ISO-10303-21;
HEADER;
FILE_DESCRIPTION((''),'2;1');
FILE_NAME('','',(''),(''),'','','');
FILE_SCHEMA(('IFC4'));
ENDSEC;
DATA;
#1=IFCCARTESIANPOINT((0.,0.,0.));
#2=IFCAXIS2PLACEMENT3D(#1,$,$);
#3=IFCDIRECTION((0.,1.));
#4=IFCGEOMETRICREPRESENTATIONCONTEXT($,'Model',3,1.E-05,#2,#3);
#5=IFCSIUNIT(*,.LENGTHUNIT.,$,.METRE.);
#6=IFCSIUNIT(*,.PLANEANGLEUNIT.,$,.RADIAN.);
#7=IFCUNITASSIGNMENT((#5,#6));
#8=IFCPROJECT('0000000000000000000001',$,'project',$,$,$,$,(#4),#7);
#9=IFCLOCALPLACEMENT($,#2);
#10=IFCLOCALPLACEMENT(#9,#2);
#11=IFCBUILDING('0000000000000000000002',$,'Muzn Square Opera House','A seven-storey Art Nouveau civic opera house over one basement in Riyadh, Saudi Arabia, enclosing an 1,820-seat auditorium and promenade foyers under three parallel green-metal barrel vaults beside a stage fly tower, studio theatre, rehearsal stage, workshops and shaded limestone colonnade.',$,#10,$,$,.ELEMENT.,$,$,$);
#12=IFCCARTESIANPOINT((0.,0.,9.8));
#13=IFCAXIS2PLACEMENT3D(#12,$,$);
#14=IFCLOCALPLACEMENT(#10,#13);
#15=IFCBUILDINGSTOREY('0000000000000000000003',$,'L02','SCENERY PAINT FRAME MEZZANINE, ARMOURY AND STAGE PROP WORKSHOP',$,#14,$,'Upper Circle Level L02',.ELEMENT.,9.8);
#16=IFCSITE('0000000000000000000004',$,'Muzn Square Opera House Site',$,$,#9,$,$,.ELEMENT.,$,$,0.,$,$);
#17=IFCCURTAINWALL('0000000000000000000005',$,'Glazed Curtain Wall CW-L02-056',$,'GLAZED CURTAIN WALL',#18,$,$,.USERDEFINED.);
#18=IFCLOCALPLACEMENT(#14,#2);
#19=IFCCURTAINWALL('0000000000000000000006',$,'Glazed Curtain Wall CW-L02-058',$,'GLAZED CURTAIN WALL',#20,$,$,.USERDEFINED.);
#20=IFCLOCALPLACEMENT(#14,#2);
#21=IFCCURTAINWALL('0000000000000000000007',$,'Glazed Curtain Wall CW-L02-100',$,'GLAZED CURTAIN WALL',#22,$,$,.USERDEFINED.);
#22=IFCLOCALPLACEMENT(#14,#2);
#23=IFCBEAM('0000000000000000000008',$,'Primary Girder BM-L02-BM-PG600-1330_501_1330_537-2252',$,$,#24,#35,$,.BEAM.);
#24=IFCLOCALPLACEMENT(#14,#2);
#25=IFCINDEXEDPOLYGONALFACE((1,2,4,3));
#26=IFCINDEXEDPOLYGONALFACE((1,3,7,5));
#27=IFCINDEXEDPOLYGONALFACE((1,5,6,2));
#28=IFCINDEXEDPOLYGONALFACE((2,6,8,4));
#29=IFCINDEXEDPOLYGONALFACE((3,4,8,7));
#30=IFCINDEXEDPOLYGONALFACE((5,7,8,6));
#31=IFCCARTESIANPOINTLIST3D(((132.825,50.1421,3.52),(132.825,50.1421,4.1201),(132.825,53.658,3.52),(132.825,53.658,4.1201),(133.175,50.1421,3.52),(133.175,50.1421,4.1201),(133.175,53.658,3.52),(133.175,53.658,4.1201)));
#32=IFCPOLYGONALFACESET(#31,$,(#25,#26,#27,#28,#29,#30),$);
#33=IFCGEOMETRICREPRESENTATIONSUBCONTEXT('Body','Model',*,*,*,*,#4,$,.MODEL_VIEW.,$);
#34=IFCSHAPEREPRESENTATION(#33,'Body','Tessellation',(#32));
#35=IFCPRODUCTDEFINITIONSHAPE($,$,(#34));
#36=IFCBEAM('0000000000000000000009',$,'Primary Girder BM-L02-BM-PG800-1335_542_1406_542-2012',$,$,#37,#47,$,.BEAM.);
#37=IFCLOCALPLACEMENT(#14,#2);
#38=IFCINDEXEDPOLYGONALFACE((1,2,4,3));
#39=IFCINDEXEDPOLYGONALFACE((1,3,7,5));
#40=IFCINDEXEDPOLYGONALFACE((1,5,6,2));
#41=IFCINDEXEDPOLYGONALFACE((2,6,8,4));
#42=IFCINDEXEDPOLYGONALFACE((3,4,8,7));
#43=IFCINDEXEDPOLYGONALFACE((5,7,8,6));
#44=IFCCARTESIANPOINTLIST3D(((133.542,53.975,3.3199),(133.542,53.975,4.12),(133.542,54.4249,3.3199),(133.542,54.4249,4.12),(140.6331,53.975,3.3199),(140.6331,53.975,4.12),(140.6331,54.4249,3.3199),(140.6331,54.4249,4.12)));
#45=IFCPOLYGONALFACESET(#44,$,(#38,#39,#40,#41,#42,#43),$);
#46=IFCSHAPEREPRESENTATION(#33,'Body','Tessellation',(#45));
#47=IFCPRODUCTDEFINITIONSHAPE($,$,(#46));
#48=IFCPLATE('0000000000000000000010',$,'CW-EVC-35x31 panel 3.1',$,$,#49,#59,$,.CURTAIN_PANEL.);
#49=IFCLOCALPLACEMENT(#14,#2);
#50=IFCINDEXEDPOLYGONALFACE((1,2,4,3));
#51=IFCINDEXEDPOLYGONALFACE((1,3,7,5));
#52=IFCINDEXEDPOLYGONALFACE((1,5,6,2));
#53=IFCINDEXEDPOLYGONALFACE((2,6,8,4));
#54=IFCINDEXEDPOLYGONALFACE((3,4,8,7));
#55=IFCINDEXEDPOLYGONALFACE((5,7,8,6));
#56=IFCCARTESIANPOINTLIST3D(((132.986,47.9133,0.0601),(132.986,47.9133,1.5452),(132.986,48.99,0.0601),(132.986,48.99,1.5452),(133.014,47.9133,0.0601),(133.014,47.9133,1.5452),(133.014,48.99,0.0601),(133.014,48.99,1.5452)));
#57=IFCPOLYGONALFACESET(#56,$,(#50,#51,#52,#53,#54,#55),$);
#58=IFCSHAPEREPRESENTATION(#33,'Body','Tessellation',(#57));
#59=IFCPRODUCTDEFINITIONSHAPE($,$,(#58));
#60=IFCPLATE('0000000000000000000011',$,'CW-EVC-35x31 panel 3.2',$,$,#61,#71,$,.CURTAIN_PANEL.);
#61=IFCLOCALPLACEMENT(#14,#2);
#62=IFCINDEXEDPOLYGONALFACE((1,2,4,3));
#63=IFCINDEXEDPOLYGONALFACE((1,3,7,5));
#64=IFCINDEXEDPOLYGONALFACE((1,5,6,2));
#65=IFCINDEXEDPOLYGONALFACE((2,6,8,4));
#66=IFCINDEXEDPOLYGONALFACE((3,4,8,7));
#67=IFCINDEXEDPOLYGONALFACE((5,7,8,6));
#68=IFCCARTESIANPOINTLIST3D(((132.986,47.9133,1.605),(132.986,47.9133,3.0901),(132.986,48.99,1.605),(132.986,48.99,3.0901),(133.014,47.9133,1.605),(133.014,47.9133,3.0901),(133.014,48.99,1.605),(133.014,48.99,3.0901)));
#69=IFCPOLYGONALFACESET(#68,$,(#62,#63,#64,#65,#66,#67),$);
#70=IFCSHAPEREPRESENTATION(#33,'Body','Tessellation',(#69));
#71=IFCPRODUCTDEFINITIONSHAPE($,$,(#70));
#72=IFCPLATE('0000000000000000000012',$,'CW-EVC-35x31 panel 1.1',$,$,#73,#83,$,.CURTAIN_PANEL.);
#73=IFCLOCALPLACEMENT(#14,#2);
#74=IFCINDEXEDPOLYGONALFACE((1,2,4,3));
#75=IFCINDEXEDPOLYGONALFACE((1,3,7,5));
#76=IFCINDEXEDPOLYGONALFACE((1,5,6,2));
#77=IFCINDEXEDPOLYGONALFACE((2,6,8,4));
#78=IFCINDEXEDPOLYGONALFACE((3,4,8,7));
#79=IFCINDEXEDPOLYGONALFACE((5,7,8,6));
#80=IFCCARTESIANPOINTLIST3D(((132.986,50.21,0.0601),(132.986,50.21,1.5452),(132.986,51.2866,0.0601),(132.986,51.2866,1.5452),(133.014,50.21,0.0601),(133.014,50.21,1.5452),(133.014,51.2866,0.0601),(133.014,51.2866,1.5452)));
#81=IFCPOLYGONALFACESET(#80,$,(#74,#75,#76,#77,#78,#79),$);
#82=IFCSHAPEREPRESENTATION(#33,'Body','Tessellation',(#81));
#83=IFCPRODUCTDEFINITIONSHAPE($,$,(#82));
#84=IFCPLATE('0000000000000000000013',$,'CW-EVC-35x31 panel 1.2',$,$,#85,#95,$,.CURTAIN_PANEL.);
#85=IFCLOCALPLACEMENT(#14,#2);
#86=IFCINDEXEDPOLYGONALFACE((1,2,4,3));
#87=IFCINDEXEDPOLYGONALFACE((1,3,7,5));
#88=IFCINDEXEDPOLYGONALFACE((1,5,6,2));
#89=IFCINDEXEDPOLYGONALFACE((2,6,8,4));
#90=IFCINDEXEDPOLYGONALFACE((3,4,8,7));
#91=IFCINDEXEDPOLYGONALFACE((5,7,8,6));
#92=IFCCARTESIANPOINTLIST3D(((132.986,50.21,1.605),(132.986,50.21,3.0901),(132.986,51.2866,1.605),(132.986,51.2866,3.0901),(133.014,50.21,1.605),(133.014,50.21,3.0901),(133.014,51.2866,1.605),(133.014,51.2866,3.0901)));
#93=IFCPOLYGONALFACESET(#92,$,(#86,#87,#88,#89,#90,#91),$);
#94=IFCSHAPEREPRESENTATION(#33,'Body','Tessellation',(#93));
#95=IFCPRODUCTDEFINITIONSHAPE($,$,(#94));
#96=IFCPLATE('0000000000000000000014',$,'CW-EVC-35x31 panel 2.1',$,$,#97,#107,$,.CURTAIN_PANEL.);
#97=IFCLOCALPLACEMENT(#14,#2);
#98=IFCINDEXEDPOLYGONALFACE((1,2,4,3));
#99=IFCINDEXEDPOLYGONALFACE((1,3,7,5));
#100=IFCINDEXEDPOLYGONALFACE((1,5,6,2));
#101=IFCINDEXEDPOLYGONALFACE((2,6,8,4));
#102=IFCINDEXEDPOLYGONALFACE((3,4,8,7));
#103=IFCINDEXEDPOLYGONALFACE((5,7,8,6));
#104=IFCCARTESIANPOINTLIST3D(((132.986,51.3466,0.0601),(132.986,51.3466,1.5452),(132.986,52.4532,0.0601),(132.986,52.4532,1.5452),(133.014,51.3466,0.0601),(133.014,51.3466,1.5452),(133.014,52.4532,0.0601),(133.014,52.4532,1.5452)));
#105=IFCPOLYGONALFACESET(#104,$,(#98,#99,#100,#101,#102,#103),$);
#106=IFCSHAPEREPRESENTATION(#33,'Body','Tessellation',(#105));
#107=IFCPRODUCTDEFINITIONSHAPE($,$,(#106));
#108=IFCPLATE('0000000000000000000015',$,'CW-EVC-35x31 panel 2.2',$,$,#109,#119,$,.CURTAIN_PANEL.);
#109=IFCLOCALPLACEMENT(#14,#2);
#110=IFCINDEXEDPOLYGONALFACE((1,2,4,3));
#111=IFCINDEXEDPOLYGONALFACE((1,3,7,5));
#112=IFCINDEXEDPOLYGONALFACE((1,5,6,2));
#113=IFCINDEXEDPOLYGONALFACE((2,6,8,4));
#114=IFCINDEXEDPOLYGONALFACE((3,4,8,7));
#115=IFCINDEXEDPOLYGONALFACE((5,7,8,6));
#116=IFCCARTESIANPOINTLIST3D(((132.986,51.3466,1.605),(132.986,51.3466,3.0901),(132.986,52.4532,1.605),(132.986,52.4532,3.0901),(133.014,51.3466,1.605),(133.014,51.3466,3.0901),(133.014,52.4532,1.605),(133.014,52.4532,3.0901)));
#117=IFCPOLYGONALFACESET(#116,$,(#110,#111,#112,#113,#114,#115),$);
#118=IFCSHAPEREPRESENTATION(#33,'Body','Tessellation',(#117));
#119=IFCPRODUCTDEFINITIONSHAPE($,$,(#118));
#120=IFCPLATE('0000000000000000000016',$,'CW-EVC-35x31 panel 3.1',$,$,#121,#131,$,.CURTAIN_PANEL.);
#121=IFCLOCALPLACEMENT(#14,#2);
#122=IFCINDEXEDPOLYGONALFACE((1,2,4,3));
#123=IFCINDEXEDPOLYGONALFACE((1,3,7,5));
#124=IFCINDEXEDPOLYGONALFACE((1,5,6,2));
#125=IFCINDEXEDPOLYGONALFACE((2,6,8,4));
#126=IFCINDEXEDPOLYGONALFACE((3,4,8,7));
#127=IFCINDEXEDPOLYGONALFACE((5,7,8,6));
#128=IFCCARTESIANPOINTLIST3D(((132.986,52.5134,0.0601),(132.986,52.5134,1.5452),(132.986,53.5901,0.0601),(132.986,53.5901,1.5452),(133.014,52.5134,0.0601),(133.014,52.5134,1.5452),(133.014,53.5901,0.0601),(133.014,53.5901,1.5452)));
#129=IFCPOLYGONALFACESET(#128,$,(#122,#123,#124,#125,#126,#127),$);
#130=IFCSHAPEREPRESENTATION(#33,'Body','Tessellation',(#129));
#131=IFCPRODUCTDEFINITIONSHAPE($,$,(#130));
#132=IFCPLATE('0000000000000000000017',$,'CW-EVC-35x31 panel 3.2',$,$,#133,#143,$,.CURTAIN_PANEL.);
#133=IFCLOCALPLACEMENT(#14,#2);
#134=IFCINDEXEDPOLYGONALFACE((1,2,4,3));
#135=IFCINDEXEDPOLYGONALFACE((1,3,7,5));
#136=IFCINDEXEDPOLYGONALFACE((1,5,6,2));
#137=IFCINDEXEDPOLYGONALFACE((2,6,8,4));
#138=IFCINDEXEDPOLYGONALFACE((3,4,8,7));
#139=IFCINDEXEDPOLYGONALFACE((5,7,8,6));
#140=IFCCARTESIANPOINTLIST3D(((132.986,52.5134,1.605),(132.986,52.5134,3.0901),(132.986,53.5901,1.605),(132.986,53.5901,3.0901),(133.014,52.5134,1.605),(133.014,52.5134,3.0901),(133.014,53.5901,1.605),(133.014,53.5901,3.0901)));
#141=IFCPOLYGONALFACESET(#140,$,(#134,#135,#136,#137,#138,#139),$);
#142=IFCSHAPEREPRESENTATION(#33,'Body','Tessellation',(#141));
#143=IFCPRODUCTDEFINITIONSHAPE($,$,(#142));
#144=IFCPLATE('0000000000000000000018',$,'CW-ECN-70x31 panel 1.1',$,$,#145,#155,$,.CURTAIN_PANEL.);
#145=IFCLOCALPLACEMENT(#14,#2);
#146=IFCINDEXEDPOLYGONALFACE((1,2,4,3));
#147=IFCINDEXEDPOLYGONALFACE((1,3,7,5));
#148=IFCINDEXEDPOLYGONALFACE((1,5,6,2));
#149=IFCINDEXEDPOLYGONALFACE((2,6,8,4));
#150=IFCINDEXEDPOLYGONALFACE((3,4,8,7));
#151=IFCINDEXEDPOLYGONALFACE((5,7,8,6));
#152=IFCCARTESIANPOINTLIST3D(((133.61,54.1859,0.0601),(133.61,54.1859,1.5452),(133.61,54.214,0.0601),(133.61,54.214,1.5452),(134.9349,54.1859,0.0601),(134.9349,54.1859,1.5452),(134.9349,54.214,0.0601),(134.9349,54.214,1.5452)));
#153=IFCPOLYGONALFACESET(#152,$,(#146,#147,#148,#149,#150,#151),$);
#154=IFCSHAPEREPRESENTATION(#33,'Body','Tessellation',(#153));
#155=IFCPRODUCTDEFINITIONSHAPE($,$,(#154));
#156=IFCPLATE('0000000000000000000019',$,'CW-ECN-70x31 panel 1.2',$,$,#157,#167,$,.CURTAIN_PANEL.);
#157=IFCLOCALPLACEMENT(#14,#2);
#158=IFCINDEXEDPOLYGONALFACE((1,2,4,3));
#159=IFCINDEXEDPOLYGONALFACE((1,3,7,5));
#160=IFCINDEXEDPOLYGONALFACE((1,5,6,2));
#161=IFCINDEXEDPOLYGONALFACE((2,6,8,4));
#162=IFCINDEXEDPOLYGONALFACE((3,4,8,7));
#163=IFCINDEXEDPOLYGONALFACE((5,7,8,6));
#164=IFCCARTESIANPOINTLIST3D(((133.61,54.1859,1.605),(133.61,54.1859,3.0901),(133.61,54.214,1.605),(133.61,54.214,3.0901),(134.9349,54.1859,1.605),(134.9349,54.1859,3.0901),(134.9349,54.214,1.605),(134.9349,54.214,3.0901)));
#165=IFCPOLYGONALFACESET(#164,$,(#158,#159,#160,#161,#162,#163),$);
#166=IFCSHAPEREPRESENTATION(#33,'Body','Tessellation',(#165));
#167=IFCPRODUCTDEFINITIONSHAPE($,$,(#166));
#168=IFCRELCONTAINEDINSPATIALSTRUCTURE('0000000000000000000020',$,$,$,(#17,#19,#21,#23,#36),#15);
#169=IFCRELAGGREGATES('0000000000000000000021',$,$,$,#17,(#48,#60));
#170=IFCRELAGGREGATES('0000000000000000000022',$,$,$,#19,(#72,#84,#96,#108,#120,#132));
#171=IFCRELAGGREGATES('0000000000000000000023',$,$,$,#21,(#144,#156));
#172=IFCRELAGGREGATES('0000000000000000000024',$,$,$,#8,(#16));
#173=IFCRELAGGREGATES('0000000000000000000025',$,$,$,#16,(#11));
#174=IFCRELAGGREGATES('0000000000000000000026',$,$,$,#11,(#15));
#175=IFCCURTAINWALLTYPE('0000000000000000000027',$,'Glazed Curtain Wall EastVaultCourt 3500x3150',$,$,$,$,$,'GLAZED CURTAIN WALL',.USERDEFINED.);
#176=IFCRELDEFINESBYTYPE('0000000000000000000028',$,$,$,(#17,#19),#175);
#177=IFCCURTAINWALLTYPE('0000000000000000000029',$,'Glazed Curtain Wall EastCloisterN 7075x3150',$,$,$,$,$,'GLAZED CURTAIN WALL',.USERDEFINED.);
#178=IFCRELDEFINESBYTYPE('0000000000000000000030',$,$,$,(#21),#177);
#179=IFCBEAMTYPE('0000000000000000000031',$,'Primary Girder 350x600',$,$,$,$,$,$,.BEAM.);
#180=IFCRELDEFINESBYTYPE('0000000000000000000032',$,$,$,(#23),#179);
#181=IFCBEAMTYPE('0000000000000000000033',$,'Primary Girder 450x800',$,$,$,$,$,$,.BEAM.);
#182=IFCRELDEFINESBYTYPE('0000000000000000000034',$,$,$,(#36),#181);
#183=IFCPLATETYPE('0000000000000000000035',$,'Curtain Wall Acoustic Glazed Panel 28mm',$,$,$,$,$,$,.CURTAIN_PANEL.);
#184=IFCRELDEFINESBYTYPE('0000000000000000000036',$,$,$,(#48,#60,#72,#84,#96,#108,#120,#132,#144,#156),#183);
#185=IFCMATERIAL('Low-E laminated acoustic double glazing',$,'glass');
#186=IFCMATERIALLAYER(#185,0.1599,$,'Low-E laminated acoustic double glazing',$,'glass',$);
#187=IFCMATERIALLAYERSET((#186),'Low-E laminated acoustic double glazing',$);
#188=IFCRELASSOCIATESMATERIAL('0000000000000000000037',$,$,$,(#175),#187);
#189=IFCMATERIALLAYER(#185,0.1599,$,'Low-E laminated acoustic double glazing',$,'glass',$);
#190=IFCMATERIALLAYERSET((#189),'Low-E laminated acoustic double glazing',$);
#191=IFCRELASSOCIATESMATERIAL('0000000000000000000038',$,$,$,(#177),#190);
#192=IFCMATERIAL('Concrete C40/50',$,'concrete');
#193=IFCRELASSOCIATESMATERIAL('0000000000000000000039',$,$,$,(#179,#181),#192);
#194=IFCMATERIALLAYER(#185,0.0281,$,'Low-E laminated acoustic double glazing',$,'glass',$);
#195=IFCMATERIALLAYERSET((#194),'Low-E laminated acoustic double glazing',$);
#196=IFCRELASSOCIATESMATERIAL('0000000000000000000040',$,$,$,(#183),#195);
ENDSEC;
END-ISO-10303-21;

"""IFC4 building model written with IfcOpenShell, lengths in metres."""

from ifc_helpers import new_model, si_unit, direction, frame, origin, origin_2d, place, context, subcontext, project, spatial, rectangle, extrude, material, layer, layer_set, material_profile, profile_set, type_object, element, aggregate, save


model = new_model("IFC4")

# Units and contexts
model_context = context("Model", 3, precision=1e-05, world=origin(), true_north=direction((0.0, 1.0)))
body_context = subcontext(model_context, "Body", "Model", "MODEL_VIEW")
ifc_project = project(units=[si_unit("LENGTHUNIT", "METRE"), si_unit("PLANEANGLEUNIT", "RADIAN")], contexts=[model_context])

# Site, building, storey
site_placement = place(None, origin())
site = spatial("IfcSite", under=ifc_project, at=site_placement, Name="Muzn Square Opera House Site", CompositionType="ELEMENT", RefElevation=0.0)
building_placement = place(site_placement, origin())
building = spatial("IfcBuilding", under=site, at=building_placement, Name="Muzn Square Opera House", Description="A seven-storey Art Nouveau civic opera house over one basement in Riyadh, Saudi Arabia, enclosing an 1,820-seat auditorium and promenade foyers under three parallel green-metal barrel vaults beside a stage fly tower, studio theatre, rehearsal stage, workshops and shaded limestone colonnade.", CompositionType="ELEMENT")
storey_placement = place(building_placement, frame((0.0, 0.0, 9.8)))
storey = spatial("IfcBuildingStorey", under=building, at=storey_placement, Name="L02", Description="SCENERY PAINT FRAME MEZZANINE, ARMOURY AND STAGE PROP WORKSHOP", LongName="Upper Circle Level L02", CompositionType="ELEMENT", Elevation=9.8)

# Curtain wall
ifc_material_1 = material(Name="Low-E laminated acoustic double glazing", Category="glass")
ifc_layer_1 = layer(ifc_material_1, 0.1599, Name="Low-E laminated acoustic double glazing", Category="glass")
ifc_layer_set_1 = layer_set([ifc_layer_1], Name="Low-E laminated acoustic double glazing")
curtain_wall_type_1 = type_object("IfcCurtainWallType", Name="Glazed Curtain Wall EastVaultCourt 3500x3150", ElementType="GLAZED CURTAIN WALL", PredefinedType="USERDEFINED", material=ifc_layer_set_1)
curtain_wall_1_placement = place(storey_placement, origin())
curtain_wall_1 = element("IfcCurtainWall", 1, at=curtain_wall_1_placement, inside=storey, type_object=curtain_wall_type_1, Name="Glazed Curtain Wall CW-L02-056", ObjectType="GLAZED CURTAIN WALL", PredefinedType="USERDEFINED")

# Curtain wall
curtain_wall_2_placement = place(storey_placement, origin())
curtain_wall_2 = element("IfcCurtainWall", 2, at=curtain_wall_2_placement, inside=storey, type_object=curtain_wall_type_1, Name="Glazed Curtain Wall CW-L02-058", ObjectType="GLAZED CURTAIN WALL", PredefinedType="USERDEFINED")

# Curtain wall
ifc_layer_2 = layer(ifc_material_1, 0.1599, Name="Low-E laminated acoustic double glazing", Category="glass")
ifc_layer_set_2 = layer_set([ifc_layer_2], Name="Low-E laminated acoustic double glazing")
curtain_wall_type_2 = type_object("IfcCurtainWallType", Name="Glazed Curtain Wall EastCloisterN 7075x3150", ElementType="GLAZED CURTAIN WALL", PredefinedType="USERDEFINED", material=ifc_layer_set_2)
curtain_wall_3_placement = place(storey_placement, origin())
curtain_wall_3 = element("IfcCurtainWall", 3, at=curtain_wall_3_placement, inside=storey, type_object=curtain_wall_type_2, Name="Glazed Curtain Wall CW-L02-100", ObjectType="GLAZED CURTAIN WALL", PredefinedType="USERDEFINED")

# Beams
ifc_material_2 = material(Name="Concrete C40/50", Category="concrete")
ifc_material_profile_1 = material_profile(ifc_material_2, rectangle(XDim=0.3501, YDim=0.6001, at=origin_2d()), Name="RCB 350x600", Category="concrete")
ifc_profile_set_1 = profile_set([ifc_material_profile_1], Name="Concrete C40/50")
beam_type_1 = type_object("IfcBeamType", Name="Primary Girder 350x600", PredefinedType="BEAM", material=ifc_profile_set_1)
beam_1_placement = place(storey_placement, frame((133.0, 50.1421, 3.8201), z_axis=(0.0, 1.0, 0.0), x_axis=(-1.0, 0.0, 0.0)))
element("IfcBeam", 4, at=beam_1_placement, inside=storey, type_object=beam_type_1, Name="Primary Girder BM-L02-BM-PG600-1330_501_1330_537-2252", PredefinedType="BEAM", context=body_context, shape_type="SweptSolid", body=[
    extrude(rectangle(XDim=0.3501, YDim=0.6001, at=origin_2d()), origin(), (0.0, 0.0, 1.0), 3.5159),
])
ifc_material_profile_2 = material_profile(ifc_material_2, rectangle(XDim=0.45, YDim=0.8, at=origin_2d()), Name="RCB 450x800", Category="concrete")
ifc_profile_set_2 = profile_set([ifc_material_profile_2], Name="Concrete C40/50")
beam_type_2 = type_object("IfcBeamType", Name="Primary Girder 450x800", PredefinedType="BEAM", material=ifc_profile_set_2)
beam_2_placement = place(storey_placement, frame((133.542, 54.2, 3.72), z_axis=(1.0, 0.0, 0.0), x_axis=(0.0, 1.0, 0.0)))
element("IfcBeam", 5, at=beam_2_placement, inside=storey, type_object=beam_type_2, Name="Primary Girder BM-L02-BM-PG800-1335_542_1406_542-2012", PredefinedType="BEAM", context=body_context, shape_type="SweptSolid", body=[
    extrude(rectangle(XDim=0.45, YDim=0.8, at=origin_2d()), origin(), (0.0, 0.0, 1.0), 7.0911),
])

# Plates
ifc_layer_3 = layer(ifc_material_1, 0.0281, Name="Low-E laminated acoustic double glazing", Category="glass")
ifc_layer_set_3 = layer_set([ifc_layer_3], Name="Low-E laminated acoustic double glazing")
plate_type = type_object("IfcPlateType", Name="Curtain Wall Acoustic Glazed Panel 28mm", PredefinedType="CURTAIN_PANEL", material=ifc_layer_set_3)
plate_1_placement = place(storey_placement, frame((133.0, 48.4517, 0.0601), z_axis=(0.0, 0.0, 1.0), x_axis=(0.0, 1.0, 0.0)))
plate_1 = element("IfcPlate", 6, at=plate_1_placement, type_object=plate_type, Name="CW-EVC-35x31 panel 3.1", PredefinedType="CURTAIN_PANEL", context=body_context, shape_type="SweptSolid", body=[
    extrude(rectangle(XDim=1.0767, YDim=0.0281, at=origin_2d()), origin(), (0.0, 0.0, 1.0), 1.4851),
])
plate_2_placement = place(storey_placement, frame((133.0, 48.4517, 1.605), z_axis=(0.0, 0.0, 1.0), x_axis=(0.0, 1.0, 0.0)))
plate_2 = element("IfcPlate", 7, at=plate_2_placement, type_object=plate_type, Name="CW-EVC-35x31 panel 3.2", PredefinedType="CURTAIN_PANEL", context=body_context, shape_type="SweptSolid", body=[
    extrude(rectangle(XDim=1.0767, YDim=0.0281, at=origin_2d()), origin(), (0.0, 0.0, 1.0), 1.4851),
])
aggregate(curtain_wall_1, [plate_1, plate_2])
plate_3_placement = place(storey_placement, frame((133.0, 50.7483, 0.0601), z_axis=(0.0, 0.0, 1.0), x_axis=(0.0, 1.0, 0.0)))
plate_3 = element("IfcPlate", 8, at=plate_3_placement, type_object=plate_type, Name="CW-EVC-35x31 panel 1.1", PredefinedType="CURTAIN_PANEL", context=body_context, shape_type="SweptSolid", body=[
    extrude(rectangle(XDim=1.0767, YDim=0.0281, at=origin_2d()), origin(), (0.0, 0.0, 1.0), 1.4851),
])
plate_4_placement = place(storey_placement, frame((133.0, 50.7483, 1.605), z_axis=(0.0, 0.0, 1.0), x_axis=(0.0, 1.0, 0.0)))
plate_4 = element("IfcPlate", 9, at=plate_4_placement, type_object=plate_type, Name="CW-EVC-35x31 panel 1.2", PredefinedType="CURTAIN_PANEL", context=body_context, shape_type="SweptSolid", body=[
    extrude(rectangle(XDim=1.0767, YDim=0.0281, at=origin_2d()), origin(), (0.0, 0.0, 1.0), 1.4851),
])
plate_5_placement = place(storey_placement, frame((133.0, 51.8999, 0.0601), z_axis=(0.0, 0.0, 1.0), x_axis=(0.0, 1.0, 0.0)))
plate_5 = element("IfcPlate", 10, at=plate_5_placement, type_object=plate_type, Name="CW-EVC-35x31 panel 2.1", PredefinedType="CURTAIN_PANEL", context=body_context, shape_type="SweptSolid", body=[
    extrude(rectangle(XDim=1.1067, YDim=0.0281, at=origin_2d()), origin(), (0.0, 0.0, 1.0), 1.4851),
])
plate_6_placement = place(storey_placement, frame((133.0, 51.8999, 1.605), z_axis=(0.0, 0.0, 1.0), x_axis=(0.0, 1.0, 0.0)))
plate_6 = element("IfcPlate", 11, at=plate_6_placement, type_object=plate_type, Name="CW-EVC-35x31 panel 2.2", PredefinedType="CURTAIN_PANEL", context=body_context, shape_type="SweptSolid", body=[
    extrude(rectangle(XDim=1.1067, YDim=0.0281, at=origin_2d()), origin(), (0.0, 0.0, 1.0), 1.4851),
])
plate_7_placement = place(storey_placement, frame((133.0, 53.0518, 0.0601), z_axis=(0.0, 0.0, 1.0), x_axis=(0.0, 1.0, 0.0)))
plate_7 = element("IfcPlate", 12, at=plate_7_placement, type_object=plate_type, Name="CW-EVC-35x31 panel 3.1", PredefinedType="CURTAIN_PANEL", context=body_context, shape_type="SweptSolid", body=[
    extrude(rectangle(XDim=1.0767, YDim=0.0281, at=origin_2d()), origin(), (0.0, 0.0, 1.0), 1.4851),
])
plate_8_placement = place(storey_placement, frame((133.0, 53.0518, 1.605), z_axis=(0.0, 0.0, 1.0), x_axis=(0.0, 1.0, 0.0)))
plate_8 = element("IfcPlate", 13, at=plate_8_placement, type_object=plate_type, Name="CW-EVC-35x31 panel 3.2", PredefinedType="CURTAIN_PANEL", context=body_context, shape_type="SweptSolid", body=[
    extrude(rectangle(XDim=1.0767, YDim=0.0281, at=origin_2d()), origin(), (0.0, 0.0, 1.0), 1.4851),
])
aggregate(curtain_wall_2, [plate_3, plate_4, plate_5, plate_6, plate_7, plate_8])
plate_9_placement = place(storey_placement, frame((134.2725, 54.2, 0.0601), z_axis=(0.0, 0.0, 1.0), x_axis=(1.0, 0.0, 0.0)))
plate_9 = element("IfcPlate", 14, at=plate_9_placement, type_object=plate_type, Name="CW-ECN-70x31 panel 1.1", PredefinedType="CURTAIN_PANEL", context=body_context, shape_type="SweptSolid", body=[
    extrude(rectangle(XDim=1.325, YDim=0.0281, at=origin_2d()), origin(), (0.0, 0.0, 1.0), 1.4851),
])
plate_10_placement = place(storey_placement, frame((134.2725, 54.2, 1.605), z_axis=(0.0, 0.0, 1.0), x_axis=(1.0, 0.0, 0.0)))
plate_10 = element("IfcPlate", 15, at=plate_10_placement, type_object=plate_type, Name="CW-ECN-70x31 panel 1.2", PredefinedType="CURTAIN_PANEL", context=body_context, shape_type="SweptSolid", body=[
    extrude(rectangle(XDim=1.325, YDim=0.0281, at=origin_2d()), origin(), (0.0, 0.0, 1.0), 1.4851),
])
aggregate(curtain_wall_3, [plate_9, plate_10])

save(model, "model.ifc")
